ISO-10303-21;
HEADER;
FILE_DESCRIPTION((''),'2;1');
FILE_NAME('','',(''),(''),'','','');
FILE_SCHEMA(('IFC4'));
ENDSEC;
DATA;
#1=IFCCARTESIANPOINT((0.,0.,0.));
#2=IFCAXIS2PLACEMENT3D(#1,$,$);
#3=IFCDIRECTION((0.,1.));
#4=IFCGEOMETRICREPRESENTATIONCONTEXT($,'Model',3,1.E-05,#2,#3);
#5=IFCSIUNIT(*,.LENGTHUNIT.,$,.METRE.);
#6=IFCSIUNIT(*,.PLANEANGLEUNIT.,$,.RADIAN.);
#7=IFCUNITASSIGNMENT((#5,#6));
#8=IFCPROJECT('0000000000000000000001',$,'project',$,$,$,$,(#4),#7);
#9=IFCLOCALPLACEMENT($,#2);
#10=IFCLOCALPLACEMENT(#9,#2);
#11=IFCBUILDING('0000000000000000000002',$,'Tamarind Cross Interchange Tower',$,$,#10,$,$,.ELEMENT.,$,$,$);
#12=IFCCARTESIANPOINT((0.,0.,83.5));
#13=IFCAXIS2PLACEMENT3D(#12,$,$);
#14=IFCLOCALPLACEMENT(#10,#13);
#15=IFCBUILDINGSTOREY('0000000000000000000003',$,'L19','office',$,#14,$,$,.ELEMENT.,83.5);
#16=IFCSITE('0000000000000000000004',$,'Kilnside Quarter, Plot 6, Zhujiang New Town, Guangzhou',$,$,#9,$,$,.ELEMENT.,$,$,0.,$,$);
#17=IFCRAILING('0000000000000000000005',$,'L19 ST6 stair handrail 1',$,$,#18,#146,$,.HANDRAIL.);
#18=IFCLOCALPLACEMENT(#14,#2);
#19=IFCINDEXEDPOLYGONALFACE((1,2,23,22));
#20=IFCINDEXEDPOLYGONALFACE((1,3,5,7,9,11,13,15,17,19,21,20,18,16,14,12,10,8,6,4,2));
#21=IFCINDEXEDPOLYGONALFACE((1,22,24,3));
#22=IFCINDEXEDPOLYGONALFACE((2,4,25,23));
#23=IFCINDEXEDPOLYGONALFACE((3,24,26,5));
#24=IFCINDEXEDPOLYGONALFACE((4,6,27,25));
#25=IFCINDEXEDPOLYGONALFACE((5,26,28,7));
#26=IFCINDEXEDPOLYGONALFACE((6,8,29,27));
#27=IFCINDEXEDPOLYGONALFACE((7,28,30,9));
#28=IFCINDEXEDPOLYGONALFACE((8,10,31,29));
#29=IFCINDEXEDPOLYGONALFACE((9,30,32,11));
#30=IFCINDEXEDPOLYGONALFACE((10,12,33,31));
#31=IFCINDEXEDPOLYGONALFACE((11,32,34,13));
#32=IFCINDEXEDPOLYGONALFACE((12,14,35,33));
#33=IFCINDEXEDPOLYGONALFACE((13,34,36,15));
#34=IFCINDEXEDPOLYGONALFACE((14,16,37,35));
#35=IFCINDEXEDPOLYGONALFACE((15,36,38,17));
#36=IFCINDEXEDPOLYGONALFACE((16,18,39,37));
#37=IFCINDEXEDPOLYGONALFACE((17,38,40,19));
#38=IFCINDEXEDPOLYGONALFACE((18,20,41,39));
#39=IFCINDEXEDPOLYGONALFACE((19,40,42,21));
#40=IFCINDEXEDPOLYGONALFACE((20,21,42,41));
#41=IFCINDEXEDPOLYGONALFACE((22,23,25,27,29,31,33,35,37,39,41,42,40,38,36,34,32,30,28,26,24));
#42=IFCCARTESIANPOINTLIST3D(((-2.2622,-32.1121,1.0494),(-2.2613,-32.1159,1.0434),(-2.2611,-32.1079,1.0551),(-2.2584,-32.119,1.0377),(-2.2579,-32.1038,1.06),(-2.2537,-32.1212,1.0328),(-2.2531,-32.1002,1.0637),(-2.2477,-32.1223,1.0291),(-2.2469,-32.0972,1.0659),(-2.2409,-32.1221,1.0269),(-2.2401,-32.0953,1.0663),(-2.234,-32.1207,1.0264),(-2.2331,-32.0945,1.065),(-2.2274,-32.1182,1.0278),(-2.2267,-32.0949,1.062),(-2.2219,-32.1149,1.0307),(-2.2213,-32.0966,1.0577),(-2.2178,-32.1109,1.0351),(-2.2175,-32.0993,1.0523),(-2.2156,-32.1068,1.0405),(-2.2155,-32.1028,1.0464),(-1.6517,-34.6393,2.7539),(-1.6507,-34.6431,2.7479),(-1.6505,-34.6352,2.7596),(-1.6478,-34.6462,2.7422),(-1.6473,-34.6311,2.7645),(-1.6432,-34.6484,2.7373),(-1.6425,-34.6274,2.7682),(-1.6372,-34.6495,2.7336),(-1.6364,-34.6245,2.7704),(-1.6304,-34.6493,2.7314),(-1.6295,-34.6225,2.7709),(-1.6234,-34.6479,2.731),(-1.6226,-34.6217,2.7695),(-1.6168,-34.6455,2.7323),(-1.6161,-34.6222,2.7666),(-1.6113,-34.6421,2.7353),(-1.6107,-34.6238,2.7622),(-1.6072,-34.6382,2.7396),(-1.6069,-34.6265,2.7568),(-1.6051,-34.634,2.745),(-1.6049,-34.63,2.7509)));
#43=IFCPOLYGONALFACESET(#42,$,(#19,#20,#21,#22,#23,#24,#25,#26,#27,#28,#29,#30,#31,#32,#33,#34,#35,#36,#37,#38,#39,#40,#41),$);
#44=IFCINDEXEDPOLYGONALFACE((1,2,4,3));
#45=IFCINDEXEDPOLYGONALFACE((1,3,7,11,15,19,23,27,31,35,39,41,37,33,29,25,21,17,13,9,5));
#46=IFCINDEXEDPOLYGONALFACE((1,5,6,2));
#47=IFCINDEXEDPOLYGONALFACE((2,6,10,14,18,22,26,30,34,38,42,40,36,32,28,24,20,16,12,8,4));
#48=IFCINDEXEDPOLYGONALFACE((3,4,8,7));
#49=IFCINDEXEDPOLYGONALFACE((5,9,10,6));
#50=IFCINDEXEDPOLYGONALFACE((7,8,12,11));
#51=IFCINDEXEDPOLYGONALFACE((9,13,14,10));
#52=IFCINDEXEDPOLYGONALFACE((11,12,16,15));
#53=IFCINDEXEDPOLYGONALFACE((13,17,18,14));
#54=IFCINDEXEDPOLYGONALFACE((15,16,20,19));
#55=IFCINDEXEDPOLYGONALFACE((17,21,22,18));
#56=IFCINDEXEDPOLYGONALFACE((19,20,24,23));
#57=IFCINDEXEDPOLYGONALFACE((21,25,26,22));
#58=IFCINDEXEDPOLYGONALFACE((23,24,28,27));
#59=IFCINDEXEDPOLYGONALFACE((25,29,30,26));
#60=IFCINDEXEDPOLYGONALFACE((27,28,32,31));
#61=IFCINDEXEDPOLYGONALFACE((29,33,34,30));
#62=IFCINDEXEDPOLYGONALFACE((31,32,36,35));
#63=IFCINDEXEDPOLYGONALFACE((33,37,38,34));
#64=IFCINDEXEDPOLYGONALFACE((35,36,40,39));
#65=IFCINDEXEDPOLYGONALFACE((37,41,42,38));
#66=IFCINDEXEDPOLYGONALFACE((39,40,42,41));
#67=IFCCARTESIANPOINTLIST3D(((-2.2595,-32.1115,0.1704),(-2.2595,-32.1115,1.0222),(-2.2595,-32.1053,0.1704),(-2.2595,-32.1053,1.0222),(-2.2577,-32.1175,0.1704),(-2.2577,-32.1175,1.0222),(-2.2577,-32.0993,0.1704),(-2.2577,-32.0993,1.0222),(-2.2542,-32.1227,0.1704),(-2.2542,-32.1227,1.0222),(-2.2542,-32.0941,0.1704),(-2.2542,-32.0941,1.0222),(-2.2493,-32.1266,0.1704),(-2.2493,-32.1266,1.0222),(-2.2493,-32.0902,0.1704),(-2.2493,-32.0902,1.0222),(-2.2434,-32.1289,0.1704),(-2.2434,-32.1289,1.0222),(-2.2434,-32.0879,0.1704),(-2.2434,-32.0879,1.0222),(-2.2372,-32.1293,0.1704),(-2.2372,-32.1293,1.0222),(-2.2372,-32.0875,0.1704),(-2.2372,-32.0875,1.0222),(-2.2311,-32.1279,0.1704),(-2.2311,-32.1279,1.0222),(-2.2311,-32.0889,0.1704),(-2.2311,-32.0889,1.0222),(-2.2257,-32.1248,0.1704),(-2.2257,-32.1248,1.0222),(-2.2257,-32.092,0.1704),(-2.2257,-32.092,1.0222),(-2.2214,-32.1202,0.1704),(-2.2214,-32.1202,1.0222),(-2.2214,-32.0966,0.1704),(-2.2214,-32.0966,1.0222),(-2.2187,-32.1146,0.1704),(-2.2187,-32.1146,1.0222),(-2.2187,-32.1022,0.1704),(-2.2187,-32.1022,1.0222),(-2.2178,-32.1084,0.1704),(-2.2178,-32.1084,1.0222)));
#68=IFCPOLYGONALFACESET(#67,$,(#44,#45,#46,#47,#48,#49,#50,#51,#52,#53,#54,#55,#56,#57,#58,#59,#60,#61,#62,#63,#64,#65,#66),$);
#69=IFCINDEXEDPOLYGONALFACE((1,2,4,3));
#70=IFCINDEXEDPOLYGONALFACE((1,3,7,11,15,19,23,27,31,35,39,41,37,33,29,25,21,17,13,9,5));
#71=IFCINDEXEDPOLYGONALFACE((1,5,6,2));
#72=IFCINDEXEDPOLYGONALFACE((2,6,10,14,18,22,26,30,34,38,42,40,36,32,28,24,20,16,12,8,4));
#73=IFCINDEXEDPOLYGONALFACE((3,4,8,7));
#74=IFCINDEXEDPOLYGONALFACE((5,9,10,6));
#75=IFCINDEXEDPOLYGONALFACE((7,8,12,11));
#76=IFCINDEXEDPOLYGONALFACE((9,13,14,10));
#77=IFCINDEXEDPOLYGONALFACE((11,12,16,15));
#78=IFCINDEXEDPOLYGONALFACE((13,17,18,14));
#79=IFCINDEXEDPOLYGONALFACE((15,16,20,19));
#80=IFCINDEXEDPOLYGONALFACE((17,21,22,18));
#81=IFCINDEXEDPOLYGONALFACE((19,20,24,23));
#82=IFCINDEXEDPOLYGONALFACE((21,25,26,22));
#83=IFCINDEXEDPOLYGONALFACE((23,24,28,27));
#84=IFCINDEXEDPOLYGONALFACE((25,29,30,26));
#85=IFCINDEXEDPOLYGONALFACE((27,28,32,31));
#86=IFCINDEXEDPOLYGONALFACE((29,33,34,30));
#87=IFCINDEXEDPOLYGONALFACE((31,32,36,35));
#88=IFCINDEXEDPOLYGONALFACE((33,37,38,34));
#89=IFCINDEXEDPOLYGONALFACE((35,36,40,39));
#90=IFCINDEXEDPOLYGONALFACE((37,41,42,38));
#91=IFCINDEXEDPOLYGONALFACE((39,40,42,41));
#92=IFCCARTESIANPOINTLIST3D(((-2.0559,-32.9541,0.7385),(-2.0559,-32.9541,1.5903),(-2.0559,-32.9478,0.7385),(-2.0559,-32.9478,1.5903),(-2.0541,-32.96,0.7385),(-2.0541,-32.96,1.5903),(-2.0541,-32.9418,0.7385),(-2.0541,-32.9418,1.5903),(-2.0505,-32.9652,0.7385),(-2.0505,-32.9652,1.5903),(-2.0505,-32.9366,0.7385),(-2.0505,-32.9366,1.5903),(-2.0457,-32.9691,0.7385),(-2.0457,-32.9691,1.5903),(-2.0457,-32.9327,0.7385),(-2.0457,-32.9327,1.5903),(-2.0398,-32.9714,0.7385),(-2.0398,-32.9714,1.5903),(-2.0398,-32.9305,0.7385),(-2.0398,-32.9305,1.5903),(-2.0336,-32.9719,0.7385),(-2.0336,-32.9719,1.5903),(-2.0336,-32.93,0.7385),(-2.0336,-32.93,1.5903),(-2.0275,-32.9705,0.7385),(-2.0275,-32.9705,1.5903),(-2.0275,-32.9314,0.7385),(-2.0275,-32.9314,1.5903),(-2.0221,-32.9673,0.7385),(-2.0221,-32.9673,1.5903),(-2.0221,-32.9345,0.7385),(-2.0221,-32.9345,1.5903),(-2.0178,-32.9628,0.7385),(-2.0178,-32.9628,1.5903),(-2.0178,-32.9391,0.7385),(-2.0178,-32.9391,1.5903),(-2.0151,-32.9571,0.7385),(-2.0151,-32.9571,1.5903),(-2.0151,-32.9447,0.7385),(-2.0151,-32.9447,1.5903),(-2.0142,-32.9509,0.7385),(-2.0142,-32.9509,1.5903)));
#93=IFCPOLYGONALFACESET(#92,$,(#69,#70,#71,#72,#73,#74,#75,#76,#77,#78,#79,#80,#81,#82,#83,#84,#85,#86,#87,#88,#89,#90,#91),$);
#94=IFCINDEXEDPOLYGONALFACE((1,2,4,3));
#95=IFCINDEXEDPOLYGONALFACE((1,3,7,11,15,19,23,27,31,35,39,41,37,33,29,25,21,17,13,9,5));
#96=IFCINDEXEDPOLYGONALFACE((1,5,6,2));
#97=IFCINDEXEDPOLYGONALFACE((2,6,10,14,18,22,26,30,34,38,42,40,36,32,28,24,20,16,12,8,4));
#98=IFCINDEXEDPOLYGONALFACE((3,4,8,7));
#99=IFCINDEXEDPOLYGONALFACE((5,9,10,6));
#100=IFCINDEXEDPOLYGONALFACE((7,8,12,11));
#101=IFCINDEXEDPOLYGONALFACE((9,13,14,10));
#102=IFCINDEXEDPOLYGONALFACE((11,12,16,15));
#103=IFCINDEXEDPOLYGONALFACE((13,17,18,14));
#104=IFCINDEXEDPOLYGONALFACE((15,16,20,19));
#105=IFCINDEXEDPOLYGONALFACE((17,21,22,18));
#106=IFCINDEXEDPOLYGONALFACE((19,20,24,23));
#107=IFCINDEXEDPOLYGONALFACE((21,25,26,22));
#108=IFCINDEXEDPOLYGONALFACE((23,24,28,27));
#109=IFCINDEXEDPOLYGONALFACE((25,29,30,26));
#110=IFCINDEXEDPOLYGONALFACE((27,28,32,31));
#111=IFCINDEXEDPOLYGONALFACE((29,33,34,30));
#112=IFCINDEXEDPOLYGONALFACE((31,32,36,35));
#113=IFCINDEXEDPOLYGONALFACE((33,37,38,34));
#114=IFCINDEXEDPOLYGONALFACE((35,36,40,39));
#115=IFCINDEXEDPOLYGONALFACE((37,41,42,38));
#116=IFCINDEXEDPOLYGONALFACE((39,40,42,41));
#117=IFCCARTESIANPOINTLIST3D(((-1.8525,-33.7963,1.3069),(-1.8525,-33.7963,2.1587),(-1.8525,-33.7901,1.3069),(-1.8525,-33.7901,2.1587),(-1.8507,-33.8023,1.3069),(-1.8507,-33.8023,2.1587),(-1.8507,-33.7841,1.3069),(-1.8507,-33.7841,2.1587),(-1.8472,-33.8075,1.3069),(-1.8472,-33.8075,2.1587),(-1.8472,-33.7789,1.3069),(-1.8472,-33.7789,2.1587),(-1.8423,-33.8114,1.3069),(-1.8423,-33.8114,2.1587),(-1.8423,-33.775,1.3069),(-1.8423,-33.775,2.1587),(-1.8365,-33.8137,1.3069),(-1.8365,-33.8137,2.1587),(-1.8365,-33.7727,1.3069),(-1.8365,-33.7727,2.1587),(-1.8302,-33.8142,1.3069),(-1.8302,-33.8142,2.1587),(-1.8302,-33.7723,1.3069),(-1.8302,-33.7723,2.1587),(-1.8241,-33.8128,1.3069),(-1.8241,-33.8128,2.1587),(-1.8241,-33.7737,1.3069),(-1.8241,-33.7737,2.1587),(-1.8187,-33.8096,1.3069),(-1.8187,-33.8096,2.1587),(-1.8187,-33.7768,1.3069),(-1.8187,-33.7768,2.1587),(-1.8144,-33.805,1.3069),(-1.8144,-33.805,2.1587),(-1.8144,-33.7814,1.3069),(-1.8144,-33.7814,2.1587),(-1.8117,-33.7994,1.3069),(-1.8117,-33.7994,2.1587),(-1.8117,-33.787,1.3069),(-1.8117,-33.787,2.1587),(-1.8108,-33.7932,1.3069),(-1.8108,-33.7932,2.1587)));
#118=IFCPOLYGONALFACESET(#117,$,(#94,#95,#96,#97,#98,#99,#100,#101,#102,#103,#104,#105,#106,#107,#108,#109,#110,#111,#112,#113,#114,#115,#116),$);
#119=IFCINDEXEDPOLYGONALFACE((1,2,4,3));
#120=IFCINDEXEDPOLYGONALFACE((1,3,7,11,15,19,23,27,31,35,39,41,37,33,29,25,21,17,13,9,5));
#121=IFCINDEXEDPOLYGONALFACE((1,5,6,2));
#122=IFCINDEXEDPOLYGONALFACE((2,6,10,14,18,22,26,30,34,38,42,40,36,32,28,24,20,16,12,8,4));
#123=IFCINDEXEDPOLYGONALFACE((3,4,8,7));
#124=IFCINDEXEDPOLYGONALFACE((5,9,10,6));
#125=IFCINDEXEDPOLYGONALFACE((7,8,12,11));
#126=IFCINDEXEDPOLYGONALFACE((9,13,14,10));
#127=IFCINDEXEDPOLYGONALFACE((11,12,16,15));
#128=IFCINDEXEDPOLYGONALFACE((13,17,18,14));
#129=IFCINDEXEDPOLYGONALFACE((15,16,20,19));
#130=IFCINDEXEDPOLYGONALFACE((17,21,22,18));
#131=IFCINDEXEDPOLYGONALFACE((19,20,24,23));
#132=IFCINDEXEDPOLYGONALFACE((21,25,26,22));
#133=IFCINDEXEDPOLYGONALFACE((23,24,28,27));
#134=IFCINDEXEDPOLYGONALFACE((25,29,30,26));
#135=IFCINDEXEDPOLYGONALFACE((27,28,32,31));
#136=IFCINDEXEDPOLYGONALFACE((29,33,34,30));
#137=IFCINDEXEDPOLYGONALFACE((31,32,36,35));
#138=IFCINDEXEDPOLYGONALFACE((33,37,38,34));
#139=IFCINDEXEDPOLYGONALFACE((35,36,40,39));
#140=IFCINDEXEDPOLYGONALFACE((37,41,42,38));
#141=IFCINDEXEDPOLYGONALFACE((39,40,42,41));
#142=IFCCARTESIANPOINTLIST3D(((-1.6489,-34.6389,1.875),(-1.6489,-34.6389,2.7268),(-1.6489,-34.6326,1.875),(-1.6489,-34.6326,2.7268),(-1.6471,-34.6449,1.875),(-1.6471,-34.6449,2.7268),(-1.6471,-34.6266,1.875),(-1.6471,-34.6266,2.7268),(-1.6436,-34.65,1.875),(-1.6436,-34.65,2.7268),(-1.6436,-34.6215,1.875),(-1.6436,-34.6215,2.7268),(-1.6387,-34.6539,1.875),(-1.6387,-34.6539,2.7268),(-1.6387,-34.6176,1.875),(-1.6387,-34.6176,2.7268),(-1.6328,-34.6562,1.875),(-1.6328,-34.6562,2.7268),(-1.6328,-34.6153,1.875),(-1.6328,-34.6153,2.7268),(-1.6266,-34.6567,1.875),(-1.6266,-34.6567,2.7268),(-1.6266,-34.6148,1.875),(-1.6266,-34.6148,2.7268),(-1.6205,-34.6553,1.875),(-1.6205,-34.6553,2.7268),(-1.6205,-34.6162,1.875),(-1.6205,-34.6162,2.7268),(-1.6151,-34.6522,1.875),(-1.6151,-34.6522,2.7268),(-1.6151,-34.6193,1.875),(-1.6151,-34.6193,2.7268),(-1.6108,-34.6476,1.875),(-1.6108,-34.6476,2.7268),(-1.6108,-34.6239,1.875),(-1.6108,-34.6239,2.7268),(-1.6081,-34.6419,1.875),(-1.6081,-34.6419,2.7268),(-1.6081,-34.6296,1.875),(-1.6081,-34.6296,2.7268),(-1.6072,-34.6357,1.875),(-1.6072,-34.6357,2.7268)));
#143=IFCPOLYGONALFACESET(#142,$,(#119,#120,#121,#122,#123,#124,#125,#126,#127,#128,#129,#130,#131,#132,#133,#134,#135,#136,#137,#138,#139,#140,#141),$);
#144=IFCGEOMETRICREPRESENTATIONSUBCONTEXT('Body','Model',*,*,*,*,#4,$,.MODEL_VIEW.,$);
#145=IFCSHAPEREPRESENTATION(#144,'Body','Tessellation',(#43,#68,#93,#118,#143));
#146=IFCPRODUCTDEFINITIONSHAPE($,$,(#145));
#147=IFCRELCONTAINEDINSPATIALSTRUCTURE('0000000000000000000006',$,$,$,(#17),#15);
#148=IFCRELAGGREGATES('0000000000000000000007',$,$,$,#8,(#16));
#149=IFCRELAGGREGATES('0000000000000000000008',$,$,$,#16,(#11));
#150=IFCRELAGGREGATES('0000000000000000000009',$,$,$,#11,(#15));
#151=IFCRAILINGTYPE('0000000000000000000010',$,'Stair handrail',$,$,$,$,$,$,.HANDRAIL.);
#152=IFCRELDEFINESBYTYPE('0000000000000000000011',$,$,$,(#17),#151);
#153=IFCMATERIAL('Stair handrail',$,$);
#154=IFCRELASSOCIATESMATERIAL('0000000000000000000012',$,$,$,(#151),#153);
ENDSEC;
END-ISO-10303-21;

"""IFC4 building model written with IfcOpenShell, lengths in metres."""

from ifc_helpers import new_model, si_unit, direction, frame, origin, origin_2d, place, context, subcontext, project, spatial, circle, extrude, material, type_object, element, save


model = new_model("IFC4")

# Units and contexts
model_context = context("Model", 3, precision=1e-05, world=origin(), true_north=direction((0.0, 1.0)))
body_context = subcontext(model_context, "Body", "Model", "MODEL_VIEW")
ifc_project = project(units=[si_unit("LENGTHUNIT", "METRE"), si_unit("PLANEANGLEUNIT", "RADIAN")], contexts=[model_context])

# Site, building, storey
site_placement = place(None, origin())
site = spatial("IfcSite", under=ifc_project, at=site_placement, Name="Kilnside Quarter, Plot 6, Zhujiang New Town, Guangzhou", CompositionType="ELEMENT", RefElevation=0.0)
building_placement = place(site_placement, origin())
building = spatial("IfcBuilding", under=site, at=building_placement, Name="Tamarind Cross Interchange Tower", CompositionType="ELEMENT")
storey_placement = place(building_placement, frame((0.0, 0.0, 83.5)))
storey = spatial("IfcBuildingStorey", under=building, at=storey_placement, Name="L19", Description="office", CompositionType="ELEMENT", Elevation=83.5)

# Railing
ifc_material_1 = material(Name="Stair handrail")
railing_type_1 = type_object("IfcRailingType", Name="Stair handrail", PredefinedType="HANDRAIL", material=ifc_material_1)
railing_1_placement = place(storey_placement, frame((-2.2388, -32.1084, 0.1704)))
element("IfcRailing", 1, at=railing_1_placement, inside=storey, type_object=railing_type_1, Name="L19 ST6 stair handrail 1", PredefinedType="HANDRAIL", context=body_context, shape_type="SweptSolid", body=[
    extrude(circle(Radius=0.0239, at=origin_2d()), frame((0.0, 0.0, 0.876), z_axis=(0.196396, -0.81291, 0.548275), x_axis=(0.972034, 0.234839, 0.0)), (0.0, 0.0, 1.0), 3.1089),
    extrude(circle(Radius=0.021, at=origin_2d()), origin(), (0.0, 0.0, 1.0), 0.8518),
    extrude(circle(Radius=0.021, at=origin_2d()), frame((0.2036, -0.8425, 0.5681)), (0.0, 0.0, 1.0), 0.8518),
    extrude(circle(Radius=0.021, at=origin_2d()), frame((0.407, -1.6848, 1.1365)), (0.0, 0.0, 1.0), 0.8518),
    extrude(circle(Radius=0.021, at=origin_2d()), frame((0.6106, -2.5273, 1.7046)), (0.0, 0.0, 1.0), 0.8518),
])

save(model, "model.ifc")
